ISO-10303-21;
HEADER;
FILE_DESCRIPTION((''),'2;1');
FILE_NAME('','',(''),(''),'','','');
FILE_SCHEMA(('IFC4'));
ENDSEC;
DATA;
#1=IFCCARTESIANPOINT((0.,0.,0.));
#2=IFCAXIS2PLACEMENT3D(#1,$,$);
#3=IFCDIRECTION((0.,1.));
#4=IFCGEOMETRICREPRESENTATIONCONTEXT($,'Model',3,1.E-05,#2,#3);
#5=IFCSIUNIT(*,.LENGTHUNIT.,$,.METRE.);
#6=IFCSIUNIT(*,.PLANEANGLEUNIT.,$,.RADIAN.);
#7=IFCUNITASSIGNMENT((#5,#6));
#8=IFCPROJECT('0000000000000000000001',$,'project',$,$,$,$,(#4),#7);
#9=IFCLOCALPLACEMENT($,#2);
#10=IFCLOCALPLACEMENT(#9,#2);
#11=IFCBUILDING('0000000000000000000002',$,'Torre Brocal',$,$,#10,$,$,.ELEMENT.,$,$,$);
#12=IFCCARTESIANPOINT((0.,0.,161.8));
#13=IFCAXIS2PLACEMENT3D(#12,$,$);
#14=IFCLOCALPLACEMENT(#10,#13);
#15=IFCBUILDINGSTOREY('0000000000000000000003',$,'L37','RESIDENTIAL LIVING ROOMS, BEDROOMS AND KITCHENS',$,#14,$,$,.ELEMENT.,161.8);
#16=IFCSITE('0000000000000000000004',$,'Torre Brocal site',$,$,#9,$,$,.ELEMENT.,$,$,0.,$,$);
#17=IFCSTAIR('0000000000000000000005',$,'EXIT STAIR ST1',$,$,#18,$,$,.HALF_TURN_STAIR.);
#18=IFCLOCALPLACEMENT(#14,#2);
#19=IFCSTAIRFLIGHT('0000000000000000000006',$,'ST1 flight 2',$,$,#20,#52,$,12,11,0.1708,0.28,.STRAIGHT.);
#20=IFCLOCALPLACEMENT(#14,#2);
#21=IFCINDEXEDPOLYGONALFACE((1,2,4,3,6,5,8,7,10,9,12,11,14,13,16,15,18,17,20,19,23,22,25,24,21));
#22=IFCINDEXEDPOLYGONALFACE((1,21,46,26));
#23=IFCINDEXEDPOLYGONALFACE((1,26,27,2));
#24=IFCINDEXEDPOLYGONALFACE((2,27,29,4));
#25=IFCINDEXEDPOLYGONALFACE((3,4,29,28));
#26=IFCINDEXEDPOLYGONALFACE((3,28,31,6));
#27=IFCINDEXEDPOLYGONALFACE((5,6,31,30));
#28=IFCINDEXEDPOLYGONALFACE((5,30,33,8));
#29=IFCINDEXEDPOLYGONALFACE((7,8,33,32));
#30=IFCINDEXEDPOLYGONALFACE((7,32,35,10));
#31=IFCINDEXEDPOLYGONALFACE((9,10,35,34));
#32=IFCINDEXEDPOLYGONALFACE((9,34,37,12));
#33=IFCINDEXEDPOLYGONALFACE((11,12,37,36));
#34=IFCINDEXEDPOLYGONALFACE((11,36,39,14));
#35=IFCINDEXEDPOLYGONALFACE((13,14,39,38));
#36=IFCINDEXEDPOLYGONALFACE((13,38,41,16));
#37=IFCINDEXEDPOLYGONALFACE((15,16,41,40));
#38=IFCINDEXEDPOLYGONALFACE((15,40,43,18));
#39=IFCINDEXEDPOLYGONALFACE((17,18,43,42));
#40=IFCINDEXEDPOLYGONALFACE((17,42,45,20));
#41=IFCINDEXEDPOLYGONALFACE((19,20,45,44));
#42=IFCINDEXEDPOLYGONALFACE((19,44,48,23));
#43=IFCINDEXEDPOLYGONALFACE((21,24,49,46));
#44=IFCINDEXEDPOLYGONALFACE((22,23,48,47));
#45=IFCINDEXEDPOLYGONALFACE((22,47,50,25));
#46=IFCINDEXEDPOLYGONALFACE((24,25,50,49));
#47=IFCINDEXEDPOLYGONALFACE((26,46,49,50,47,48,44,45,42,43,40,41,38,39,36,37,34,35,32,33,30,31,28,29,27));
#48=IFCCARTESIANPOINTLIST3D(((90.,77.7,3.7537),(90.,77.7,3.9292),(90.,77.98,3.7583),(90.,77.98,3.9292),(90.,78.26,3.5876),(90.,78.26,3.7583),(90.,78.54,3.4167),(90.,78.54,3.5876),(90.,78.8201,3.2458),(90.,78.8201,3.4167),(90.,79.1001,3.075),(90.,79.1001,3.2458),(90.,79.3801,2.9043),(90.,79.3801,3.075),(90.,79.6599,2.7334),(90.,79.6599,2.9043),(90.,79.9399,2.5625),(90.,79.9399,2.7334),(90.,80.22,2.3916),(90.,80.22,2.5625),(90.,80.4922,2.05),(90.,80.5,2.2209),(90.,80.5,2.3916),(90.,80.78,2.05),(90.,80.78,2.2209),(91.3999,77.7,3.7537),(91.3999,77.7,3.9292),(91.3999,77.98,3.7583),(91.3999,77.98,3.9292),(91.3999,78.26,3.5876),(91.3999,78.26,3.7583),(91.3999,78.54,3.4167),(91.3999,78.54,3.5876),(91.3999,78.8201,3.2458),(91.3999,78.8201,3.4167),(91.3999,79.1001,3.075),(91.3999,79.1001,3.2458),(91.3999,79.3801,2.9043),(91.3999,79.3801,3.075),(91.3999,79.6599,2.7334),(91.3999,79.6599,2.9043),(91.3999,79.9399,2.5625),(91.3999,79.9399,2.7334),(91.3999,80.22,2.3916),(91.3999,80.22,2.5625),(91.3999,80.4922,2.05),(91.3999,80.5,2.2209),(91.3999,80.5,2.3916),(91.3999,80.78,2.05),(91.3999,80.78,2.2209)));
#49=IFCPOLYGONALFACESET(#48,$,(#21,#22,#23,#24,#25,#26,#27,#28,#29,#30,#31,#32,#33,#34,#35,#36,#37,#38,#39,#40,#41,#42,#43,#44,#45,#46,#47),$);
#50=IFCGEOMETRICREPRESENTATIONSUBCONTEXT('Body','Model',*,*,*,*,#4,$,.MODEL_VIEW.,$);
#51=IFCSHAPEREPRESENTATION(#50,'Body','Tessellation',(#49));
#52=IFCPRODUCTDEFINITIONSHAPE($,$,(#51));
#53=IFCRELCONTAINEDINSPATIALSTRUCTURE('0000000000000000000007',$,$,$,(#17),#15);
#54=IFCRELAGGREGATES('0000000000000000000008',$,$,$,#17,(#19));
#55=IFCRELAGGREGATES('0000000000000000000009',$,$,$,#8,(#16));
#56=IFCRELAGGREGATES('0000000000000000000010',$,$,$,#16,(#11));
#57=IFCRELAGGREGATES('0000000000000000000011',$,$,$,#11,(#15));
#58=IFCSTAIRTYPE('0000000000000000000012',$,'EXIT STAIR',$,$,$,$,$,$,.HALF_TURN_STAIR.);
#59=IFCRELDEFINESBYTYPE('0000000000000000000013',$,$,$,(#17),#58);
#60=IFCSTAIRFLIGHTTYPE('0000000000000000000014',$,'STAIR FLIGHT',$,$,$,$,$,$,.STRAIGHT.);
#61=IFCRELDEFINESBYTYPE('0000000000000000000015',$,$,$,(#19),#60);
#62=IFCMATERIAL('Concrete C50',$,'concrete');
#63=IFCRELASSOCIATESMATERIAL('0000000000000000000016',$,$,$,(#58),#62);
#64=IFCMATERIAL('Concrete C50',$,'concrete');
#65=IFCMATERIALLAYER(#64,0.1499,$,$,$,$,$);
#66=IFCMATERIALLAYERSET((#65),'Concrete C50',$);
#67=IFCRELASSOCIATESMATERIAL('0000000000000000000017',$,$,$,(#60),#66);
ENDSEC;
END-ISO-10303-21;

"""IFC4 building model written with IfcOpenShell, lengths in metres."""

from ifc_helpers import new_model, si_unit, direction, frame, origin, place, context, subcontext, project, spatial, polyline, outline, extrude, material, layer, layer_set, type_object, element, aggregate, save


model = new_model("IFC4")

# Units and contexts
model_context = context("Model", 3, precision=1e-05, world=origin(), true_north=direction((0.0, 1.0)))
body_context = subcontext(model_context, "Body", "Model", "MODEL_VIEW")
ifc_project = project(units=[si_unit("LENGTHUNIT", "METRE"), si_unit("PLANEANGLEUNIT", "RADIAN")], contexts=[model_context])

# Site, building, storey
site_placement = place(None, origin())
site = spatial("IfcSite", under=ifc_project, at=site_placement, Name="Torre Brocal site", CompositionType="ELEMENT", RefElevation=0.0)
building_placement = place(site_placement, origin())
building = spatial("IfcBuilding", under=site, at=building_placement, Name="Torre Brocal", CompositionType="ELEMENT")
storey_placement = place(building_placement, frame((0.0, 0.0, 161.8)))
storey = spatial("IfcBuildingStorey", under=building, at=storey_placement, Name="L37", Description="RESIDENTIAL LIVING ROOMS, BEDROOMS AND KITCHENS", CompositionType="ELEMENT", Elevation=161.8)

# Stair, stair flight
ifc_material_1 = material(Name="Concrete C50", Category="concrete")
stair_type = type_object("IfcStairType", Name="EXIT STAIR", PredefinedType="HALF_TURN_STAIR", material=ifc_material_1)
stair_placement = place(storey_placement, origin())
stair = element("IfcStair", 1, at=stair_placement, inside=storey, type_object=stair_type, Name="EXIT STAIR ST1", PredefinedType="HALF_TURN_STAIR")
ifc_material_2 = material(Name="Concrete C50", Category="concrete")
ifc_layer_1 = layer(ifc_material_2, 0.1499)
ifc_layer_set_1 = layer_set([ifc_layer_1], Name="Concrete C50")
stair_flight_type = type_object("IfcStairFlightType", Name="STAIR FLIGHT", PredefinedType="STRAIGHT", material=ifc_layer_set_1)
stair_flight_1_placement = place(storey_placement, frame((90.7, 80.78, 2.05), z_axis=(0.0, 0.0, 1.0), x_axis=(0.0, -1.0, 0.0)))
stair_flight_1 = element("IfcStairFlight", 2, at=stair_flight_1_placement, type_object=stair_flight_type, Name="ST1 flight 2", NumberOfRisers=12, NumberOfTreads=11, PredefinedType="STRAIGHT", RiserHeight=0.1708, TreadLength=0.28, context=body_context, shape_type="SweptSolid", body=[
    extrude(outline(polyline([(0.0, 0.0), (0.0, 0.1709), (0.28, 0.1709), (0.28, 0.3416), (0.5601, 0.3416), (0.5601, 0.5125), (0.8401, 0.5125), (0.8401, 0.6833), (1.1201, 0.6833), (1.1201, 0.8542), (1.3999, 0.8542), (1.3999, 1.0249), (1.6799, 1.0249), (1.6799, 1.1958), (1.96, 1.1958), (1.96, 1.3667), (2.24, 1.3667), (2.24, 1.5376), (2.52, 1.5376), (2.52, 1.7083), (2.8, 1.7083), (2.8, 1.8792), (3.0801, 1.8792), (3.0801, 2.05), (3.0801, 1.7036), (0.2878, 0.0), (0.0, 0.0)])), frame((0.0, 0.7, 0.0), z_axis=(0.0, -1.0, 0.0), x_axis=(1.0, 0.0, 0.0)), (0.0, 0.0, 1.0), 1.3999),
])
aggregate(stair, [stair_flight_1])

save(model, "model.ifc")
